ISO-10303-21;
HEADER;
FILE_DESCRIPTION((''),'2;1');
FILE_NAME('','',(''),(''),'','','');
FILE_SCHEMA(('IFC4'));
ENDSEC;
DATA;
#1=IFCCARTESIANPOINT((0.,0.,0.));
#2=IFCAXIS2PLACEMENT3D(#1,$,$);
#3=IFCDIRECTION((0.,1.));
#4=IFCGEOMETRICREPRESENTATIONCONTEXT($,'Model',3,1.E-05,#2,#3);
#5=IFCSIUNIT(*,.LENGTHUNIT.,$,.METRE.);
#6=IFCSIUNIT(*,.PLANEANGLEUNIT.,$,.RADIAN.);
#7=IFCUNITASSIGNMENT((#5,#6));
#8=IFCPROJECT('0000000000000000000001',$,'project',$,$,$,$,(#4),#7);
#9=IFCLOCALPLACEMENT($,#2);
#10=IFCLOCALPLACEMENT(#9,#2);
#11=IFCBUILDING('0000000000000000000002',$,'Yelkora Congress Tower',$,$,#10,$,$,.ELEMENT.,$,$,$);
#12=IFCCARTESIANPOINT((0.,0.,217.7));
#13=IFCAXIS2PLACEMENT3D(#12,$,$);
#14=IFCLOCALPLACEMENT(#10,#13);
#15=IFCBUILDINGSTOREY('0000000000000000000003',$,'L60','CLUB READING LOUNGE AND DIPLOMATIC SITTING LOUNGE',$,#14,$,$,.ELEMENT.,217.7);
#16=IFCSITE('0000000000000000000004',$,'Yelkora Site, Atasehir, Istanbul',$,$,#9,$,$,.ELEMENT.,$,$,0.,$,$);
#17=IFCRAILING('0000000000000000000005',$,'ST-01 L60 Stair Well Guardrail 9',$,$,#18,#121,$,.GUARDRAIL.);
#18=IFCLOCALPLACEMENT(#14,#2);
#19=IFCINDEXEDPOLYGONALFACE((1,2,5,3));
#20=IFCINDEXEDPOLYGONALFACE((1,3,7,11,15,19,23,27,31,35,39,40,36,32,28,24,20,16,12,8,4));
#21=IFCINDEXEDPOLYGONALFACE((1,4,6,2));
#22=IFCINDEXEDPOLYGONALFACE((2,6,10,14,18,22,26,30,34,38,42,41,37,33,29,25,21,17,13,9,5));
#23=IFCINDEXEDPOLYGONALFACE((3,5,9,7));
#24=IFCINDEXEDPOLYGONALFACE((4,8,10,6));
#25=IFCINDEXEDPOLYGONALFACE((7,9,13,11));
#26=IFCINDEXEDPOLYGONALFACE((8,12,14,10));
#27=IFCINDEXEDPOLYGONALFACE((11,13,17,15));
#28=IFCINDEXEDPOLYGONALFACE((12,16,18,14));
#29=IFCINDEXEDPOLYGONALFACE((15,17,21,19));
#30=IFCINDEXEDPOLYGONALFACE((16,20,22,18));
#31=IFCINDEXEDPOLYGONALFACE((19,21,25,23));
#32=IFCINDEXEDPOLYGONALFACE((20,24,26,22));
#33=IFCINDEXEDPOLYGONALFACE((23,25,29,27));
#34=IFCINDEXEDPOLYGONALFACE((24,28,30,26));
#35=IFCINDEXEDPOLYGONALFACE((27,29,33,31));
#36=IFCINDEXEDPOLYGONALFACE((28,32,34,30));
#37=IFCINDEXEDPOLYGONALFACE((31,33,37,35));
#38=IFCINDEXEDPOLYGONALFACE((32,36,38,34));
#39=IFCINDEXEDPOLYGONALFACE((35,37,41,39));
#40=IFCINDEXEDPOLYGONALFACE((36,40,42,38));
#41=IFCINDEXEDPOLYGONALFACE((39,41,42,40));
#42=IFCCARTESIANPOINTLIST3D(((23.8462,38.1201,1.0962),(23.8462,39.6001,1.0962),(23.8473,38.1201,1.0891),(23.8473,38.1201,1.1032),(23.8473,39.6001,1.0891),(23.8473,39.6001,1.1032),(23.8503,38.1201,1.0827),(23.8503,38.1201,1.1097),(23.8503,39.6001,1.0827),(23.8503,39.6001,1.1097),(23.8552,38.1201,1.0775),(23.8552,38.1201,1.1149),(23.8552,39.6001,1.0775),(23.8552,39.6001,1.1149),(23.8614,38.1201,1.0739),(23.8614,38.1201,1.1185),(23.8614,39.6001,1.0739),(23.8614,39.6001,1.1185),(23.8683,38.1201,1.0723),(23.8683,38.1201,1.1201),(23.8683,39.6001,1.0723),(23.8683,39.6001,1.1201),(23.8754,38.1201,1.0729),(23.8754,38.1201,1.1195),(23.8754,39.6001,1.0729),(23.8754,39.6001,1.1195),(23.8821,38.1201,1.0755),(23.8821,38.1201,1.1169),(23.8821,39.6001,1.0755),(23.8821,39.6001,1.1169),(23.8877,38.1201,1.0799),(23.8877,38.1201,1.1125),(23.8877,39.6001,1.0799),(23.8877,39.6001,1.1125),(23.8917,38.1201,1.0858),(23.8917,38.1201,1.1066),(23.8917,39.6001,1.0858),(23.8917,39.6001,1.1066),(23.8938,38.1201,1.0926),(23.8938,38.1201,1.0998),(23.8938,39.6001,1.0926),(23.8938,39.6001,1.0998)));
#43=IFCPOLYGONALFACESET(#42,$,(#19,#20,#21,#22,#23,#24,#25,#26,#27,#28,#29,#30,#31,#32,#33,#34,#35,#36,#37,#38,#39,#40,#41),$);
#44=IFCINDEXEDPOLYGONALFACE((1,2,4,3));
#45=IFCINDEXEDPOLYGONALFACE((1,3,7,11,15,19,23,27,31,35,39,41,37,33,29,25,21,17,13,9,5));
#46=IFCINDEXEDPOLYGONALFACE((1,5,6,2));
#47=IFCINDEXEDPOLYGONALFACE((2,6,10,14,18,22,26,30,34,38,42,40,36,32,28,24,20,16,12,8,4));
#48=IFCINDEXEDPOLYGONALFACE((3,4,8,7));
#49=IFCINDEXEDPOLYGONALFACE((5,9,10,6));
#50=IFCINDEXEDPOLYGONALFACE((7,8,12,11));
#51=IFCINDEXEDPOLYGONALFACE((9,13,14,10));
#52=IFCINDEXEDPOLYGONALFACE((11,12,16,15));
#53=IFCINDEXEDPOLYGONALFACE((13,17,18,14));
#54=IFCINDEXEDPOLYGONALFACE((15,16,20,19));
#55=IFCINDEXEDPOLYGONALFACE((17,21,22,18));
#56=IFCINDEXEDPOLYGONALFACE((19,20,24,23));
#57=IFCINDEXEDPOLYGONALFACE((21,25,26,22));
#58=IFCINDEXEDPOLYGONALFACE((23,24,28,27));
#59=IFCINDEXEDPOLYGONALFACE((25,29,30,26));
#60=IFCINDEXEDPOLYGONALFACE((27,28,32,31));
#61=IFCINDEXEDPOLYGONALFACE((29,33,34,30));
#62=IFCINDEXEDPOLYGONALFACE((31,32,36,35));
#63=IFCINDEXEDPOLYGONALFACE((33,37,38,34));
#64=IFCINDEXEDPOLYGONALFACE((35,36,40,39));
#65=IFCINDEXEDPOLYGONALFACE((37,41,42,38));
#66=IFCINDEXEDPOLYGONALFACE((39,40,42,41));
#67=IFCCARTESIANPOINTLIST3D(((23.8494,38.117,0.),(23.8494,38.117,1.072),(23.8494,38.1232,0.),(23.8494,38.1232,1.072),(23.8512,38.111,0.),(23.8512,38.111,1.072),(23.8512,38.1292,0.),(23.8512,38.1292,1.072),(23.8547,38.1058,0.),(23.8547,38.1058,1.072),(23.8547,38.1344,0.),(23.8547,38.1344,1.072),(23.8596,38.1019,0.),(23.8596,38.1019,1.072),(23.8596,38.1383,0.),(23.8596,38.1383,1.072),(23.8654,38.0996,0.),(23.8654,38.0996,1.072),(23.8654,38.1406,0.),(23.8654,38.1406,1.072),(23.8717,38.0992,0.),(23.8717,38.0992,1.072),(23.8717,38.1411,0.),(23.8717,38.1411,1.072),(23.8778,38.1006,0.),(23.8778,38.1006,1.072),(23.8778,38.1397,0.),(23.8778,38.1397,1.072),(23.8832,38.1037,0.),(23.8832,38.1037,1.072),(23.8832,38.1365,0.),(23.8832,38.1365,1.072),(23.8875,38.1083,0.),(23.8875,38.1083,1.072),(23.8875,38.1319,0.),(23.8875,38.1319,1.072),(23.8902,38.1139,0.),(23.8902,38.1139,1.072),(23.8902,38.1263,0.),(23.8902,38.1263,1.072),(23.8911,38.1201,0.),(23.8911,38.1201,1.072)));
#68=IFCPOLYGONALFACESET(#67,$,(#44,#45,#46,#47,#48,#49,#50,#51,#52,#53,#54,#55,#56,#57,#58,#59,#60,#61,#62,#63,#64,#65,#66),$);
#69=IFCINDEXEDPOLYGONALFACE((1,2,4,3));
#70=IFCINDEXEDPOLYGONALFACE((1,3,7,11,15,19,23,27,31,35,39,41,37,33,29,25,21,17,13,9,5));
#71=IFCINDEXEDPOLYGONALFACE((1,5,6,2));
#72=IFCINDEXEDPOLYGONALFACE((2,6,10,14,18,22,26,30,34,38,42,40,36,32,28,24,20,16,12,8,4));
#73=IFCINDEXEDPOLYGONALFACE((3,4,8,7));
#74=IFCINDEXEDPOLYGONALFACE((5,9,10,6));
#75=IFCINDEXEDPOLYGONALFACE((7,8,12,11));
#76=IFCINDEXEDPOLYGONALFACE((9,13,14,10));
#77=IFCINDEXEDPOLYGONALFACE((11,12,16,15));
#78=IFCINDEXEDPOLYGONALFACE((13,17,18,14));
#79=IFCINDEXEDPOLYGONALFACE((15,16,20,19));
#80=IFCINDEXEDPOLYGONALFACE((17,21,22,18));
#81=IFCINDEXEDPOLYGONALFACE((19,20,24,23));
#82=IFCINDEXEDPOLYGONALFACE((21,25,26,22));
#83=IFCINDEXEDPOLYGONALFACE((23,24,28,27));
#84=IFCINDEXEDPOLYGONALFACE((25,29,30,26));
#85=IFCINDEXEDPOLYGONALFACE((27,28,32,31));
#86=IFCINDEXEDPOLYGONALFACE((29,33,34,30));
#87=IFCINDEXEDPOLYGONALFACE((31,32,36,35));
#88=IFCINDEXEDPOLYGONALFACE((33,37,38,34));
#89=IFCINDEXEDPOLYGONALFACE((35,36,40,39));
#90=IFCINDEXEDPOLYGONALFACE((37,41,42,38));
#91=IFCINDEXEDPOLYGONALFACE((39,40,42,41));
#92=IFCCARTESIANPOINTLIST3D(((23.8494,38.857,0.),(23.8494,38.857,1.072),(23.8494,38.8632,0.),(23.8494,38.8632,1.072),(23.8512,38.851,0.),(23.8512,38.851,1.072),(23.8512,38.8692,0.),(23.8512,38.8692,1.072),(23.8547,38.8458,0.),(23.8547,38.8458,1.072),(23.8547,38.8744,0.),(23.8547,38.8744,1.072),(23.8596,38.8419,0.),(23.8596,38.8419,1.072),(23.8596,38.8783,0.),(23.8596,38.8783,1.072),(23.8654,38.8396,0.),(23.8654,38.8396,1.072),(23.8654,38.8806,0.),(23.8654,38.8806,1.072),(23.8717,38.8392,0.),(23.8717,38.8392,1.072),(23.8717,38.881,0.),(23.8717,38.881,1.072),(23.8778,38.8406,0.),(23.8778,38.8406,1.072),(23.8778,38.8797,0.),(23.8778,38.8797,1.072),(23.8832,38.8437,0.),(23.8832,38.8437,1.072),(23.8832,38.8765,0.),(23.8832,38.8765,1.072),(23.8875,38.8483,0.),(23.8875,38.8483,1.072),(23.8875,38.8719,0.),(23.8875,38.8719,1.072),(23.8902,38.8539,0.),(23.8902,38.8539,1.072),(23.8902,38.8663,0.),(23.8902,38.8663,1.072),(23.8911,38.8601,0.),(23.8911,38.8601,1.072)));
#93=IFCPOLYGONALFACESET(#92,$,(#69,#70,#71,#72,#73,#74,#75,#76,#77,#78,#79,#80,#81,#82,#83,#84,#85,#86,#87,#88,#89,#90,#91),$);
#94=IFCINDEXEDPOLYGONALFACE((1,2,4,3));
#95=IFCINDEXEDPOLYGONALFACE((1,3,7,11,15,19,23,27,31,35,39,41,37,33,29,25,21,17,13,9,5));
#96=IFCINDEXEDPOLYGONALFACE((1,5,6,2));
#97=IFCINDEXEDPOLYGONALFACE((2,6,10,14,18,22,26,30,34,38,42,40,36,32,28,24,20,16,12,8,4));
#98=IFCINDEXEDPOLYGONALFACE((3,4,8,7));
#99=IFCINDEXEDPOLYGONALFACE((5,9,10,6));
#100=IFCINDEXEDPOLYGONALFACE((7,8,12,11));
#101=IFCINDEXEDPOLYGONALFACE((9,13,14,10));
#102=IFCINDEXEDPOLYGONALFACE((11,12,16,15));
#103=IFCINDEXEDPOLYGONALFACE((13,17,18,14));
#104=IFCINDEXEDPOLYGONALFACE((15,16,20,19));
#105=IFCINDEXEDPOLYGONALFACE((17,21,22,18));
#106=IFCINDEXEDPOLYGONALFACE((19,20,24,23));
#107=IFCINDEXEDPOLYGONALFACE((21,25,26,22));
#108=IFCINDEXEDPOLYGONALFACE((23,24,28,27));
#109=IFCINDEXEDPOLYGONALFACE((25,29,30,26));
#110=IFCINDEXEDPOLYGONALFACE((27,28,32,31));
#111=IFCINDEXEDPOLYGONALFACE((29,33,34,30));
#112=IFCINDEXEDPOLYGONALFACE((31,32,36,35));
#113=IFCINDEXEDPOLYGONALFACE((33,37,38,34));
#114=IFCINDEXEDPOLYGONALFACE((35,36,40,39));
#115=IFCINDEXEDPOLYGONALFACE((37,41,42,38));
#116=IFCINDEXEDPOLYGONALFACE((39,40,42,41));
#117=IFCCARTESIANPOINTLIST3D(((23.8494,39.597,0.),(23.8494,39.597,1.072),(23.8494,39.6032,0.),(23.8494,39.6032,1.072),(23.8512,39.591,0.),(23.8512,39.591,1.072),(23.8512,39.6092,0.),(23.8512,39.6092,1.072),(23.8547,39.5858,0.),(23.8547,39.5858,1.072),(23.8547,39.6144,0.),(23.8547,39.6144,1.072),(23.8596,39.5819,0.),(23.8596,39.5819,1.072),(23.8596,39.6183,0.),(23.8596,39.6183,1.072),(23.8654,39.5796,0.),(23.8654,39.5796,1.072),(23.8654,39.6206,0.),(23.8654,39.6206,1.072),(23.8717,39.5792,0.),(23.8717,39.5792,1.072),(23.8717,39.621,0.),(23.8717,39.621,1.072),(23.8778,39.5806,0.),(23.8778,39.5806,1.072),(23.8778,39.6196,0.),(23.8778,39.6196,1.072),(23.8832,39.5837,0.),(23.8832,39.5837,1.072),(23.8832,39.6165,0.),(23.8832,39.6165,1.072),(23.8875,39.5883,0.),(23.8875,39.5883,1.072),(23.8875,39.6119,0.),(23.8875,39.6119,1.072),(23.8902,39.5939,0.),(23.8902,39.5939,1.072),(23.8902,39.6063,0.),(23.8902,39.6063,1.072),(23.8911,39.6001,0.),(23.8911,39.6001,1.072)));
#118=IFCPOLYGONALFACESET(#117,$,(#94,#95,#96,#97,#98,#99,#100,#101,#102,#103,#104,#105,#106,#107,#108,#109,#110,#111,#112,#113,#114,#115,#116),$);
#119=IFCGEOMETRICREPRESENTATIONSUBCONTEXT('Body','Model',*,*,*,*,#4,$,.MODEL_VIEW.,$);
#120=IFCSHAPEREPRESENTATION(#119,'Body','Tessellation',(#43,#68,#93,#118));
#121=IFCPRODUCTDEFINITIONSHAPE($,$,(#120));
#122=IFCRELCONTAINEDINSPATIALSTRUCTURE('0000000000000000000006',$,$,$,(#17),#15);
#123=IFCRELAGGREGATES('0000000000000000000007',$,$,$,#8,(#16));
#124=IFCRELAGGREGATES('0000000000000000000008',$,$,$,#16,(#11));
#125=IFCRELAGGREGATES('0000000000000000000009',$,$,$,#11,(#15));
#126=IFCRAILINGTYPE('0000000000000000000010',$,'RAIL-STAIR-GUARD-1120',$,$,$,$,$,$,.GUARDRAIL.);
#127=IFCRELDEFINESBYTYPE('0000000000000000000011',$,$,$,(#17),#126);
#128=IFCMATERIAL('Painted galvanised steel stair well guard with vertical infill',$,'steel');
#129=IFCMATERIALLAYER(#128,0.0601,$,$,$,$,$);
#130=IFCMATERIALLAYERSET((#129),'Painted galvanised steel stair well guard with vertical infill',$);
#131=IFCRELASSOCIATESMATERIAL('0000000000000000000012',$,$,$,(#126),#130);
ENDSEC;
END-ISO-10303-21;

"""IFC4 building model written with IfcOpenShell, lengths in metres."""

from ifc_helpers import new_model, si_unit, direction, frame, origin, origin_2d, place, context, subcontext, project, spatial, circle, extrude, material, layer, layer_set, type_object, element, save


model = new_model("IFC4")

# Units and contexts
model_context = context("Model", 3, precision=1e-05, world=origin(), true_north=direction((0.0, 1.0)))
body_context = subcontext(model_context, "Body", "Model", "MODEL_VIEW")
ifc_project = project(units=[si_unit("LENGTHUNIT", "METRE"), si_unit("PLANEANGLEUNIT", "RADIAN")], contexts=[model_context])

# Site, building, storey
site_placement = place(None, origin())
site = spatial("IfcSite", under=ifc_project, at=site_placement, Name="Yelkora Site, Atasehir, Istanbul", CompositionType="ELEMENT", RefElevation=0.0)
building_placement = place(site_placement, origin())
building = spatial("IfcBuilding", under=site, at=building_placement, Name="Yelkora Congress Tower", CompositionType="ELEMENT")
storey_placement = place(building_placement, frame((0.0, 0.0, 217.7)))
storey = spatial("IfcBuildingStorey", under=building, at=storey_placement, Name="L60", Description="CLUB READING LOUNGE AND DIPLOMATIC SITTING LOUNGE", CompositionType="ELEMENT", Elevation=217.7)

# Railing
ifc_material_1 = material(Name="Painted galvanised steel stair well guard with vertical infill", Category="steel")
ifc_layer_1 = layer(ifc_material_1, 0.0601)
ifc_layer_set_1 = layer_set([ifc_layer_1], Name="Painted galvanised steel stair well guard with vertical infill")
railing_type_1 = type_object("IfcRailingType", Name="RAIL-STAIR-GUARD-1120", PredefinedType="GUARDRAIL", material=ifc_layer_set_1)
railing_1_placement = place(storey_placement, frame((23.8701, 38.1201, 0.0)))
element("IfcRailing", 1, at=railing_1_placement, inside=storey, type_object=railing_type_1, Name="ST-01 L60 Stair Well Guardrail 9", PredefinedType="GUARDRAIL", context=body_context, shape_type="SweptSolid", body=[
    extrude(circle(Radius=0.0239, at=origin_2d()), frame((0.0, 0.0, 1.0962), z_axis=(0.0, 1.0, 0.0), x_axis=(-1.0, 0.0, 0.0)), (0.0, 0.0, 1.0), 1.48),
    extrude(circle(Radius=0.021, at=origin_2d()), origin(), (0.0, 0.0, 1.0), 1.072),
    extrude(circle(Radius=0.021, at=origin_2d()), frame((0.0, 0.74, 0.0)), (0.0, 0.0, 1.0), 1.072),
    extrude(circle(Radius=0.021, at=origin_2d()), frame((0.0, 1.48, 0.0)), (0.0, 0.0, 1.0), 1.072),
])

save(model, "model.ifc")
